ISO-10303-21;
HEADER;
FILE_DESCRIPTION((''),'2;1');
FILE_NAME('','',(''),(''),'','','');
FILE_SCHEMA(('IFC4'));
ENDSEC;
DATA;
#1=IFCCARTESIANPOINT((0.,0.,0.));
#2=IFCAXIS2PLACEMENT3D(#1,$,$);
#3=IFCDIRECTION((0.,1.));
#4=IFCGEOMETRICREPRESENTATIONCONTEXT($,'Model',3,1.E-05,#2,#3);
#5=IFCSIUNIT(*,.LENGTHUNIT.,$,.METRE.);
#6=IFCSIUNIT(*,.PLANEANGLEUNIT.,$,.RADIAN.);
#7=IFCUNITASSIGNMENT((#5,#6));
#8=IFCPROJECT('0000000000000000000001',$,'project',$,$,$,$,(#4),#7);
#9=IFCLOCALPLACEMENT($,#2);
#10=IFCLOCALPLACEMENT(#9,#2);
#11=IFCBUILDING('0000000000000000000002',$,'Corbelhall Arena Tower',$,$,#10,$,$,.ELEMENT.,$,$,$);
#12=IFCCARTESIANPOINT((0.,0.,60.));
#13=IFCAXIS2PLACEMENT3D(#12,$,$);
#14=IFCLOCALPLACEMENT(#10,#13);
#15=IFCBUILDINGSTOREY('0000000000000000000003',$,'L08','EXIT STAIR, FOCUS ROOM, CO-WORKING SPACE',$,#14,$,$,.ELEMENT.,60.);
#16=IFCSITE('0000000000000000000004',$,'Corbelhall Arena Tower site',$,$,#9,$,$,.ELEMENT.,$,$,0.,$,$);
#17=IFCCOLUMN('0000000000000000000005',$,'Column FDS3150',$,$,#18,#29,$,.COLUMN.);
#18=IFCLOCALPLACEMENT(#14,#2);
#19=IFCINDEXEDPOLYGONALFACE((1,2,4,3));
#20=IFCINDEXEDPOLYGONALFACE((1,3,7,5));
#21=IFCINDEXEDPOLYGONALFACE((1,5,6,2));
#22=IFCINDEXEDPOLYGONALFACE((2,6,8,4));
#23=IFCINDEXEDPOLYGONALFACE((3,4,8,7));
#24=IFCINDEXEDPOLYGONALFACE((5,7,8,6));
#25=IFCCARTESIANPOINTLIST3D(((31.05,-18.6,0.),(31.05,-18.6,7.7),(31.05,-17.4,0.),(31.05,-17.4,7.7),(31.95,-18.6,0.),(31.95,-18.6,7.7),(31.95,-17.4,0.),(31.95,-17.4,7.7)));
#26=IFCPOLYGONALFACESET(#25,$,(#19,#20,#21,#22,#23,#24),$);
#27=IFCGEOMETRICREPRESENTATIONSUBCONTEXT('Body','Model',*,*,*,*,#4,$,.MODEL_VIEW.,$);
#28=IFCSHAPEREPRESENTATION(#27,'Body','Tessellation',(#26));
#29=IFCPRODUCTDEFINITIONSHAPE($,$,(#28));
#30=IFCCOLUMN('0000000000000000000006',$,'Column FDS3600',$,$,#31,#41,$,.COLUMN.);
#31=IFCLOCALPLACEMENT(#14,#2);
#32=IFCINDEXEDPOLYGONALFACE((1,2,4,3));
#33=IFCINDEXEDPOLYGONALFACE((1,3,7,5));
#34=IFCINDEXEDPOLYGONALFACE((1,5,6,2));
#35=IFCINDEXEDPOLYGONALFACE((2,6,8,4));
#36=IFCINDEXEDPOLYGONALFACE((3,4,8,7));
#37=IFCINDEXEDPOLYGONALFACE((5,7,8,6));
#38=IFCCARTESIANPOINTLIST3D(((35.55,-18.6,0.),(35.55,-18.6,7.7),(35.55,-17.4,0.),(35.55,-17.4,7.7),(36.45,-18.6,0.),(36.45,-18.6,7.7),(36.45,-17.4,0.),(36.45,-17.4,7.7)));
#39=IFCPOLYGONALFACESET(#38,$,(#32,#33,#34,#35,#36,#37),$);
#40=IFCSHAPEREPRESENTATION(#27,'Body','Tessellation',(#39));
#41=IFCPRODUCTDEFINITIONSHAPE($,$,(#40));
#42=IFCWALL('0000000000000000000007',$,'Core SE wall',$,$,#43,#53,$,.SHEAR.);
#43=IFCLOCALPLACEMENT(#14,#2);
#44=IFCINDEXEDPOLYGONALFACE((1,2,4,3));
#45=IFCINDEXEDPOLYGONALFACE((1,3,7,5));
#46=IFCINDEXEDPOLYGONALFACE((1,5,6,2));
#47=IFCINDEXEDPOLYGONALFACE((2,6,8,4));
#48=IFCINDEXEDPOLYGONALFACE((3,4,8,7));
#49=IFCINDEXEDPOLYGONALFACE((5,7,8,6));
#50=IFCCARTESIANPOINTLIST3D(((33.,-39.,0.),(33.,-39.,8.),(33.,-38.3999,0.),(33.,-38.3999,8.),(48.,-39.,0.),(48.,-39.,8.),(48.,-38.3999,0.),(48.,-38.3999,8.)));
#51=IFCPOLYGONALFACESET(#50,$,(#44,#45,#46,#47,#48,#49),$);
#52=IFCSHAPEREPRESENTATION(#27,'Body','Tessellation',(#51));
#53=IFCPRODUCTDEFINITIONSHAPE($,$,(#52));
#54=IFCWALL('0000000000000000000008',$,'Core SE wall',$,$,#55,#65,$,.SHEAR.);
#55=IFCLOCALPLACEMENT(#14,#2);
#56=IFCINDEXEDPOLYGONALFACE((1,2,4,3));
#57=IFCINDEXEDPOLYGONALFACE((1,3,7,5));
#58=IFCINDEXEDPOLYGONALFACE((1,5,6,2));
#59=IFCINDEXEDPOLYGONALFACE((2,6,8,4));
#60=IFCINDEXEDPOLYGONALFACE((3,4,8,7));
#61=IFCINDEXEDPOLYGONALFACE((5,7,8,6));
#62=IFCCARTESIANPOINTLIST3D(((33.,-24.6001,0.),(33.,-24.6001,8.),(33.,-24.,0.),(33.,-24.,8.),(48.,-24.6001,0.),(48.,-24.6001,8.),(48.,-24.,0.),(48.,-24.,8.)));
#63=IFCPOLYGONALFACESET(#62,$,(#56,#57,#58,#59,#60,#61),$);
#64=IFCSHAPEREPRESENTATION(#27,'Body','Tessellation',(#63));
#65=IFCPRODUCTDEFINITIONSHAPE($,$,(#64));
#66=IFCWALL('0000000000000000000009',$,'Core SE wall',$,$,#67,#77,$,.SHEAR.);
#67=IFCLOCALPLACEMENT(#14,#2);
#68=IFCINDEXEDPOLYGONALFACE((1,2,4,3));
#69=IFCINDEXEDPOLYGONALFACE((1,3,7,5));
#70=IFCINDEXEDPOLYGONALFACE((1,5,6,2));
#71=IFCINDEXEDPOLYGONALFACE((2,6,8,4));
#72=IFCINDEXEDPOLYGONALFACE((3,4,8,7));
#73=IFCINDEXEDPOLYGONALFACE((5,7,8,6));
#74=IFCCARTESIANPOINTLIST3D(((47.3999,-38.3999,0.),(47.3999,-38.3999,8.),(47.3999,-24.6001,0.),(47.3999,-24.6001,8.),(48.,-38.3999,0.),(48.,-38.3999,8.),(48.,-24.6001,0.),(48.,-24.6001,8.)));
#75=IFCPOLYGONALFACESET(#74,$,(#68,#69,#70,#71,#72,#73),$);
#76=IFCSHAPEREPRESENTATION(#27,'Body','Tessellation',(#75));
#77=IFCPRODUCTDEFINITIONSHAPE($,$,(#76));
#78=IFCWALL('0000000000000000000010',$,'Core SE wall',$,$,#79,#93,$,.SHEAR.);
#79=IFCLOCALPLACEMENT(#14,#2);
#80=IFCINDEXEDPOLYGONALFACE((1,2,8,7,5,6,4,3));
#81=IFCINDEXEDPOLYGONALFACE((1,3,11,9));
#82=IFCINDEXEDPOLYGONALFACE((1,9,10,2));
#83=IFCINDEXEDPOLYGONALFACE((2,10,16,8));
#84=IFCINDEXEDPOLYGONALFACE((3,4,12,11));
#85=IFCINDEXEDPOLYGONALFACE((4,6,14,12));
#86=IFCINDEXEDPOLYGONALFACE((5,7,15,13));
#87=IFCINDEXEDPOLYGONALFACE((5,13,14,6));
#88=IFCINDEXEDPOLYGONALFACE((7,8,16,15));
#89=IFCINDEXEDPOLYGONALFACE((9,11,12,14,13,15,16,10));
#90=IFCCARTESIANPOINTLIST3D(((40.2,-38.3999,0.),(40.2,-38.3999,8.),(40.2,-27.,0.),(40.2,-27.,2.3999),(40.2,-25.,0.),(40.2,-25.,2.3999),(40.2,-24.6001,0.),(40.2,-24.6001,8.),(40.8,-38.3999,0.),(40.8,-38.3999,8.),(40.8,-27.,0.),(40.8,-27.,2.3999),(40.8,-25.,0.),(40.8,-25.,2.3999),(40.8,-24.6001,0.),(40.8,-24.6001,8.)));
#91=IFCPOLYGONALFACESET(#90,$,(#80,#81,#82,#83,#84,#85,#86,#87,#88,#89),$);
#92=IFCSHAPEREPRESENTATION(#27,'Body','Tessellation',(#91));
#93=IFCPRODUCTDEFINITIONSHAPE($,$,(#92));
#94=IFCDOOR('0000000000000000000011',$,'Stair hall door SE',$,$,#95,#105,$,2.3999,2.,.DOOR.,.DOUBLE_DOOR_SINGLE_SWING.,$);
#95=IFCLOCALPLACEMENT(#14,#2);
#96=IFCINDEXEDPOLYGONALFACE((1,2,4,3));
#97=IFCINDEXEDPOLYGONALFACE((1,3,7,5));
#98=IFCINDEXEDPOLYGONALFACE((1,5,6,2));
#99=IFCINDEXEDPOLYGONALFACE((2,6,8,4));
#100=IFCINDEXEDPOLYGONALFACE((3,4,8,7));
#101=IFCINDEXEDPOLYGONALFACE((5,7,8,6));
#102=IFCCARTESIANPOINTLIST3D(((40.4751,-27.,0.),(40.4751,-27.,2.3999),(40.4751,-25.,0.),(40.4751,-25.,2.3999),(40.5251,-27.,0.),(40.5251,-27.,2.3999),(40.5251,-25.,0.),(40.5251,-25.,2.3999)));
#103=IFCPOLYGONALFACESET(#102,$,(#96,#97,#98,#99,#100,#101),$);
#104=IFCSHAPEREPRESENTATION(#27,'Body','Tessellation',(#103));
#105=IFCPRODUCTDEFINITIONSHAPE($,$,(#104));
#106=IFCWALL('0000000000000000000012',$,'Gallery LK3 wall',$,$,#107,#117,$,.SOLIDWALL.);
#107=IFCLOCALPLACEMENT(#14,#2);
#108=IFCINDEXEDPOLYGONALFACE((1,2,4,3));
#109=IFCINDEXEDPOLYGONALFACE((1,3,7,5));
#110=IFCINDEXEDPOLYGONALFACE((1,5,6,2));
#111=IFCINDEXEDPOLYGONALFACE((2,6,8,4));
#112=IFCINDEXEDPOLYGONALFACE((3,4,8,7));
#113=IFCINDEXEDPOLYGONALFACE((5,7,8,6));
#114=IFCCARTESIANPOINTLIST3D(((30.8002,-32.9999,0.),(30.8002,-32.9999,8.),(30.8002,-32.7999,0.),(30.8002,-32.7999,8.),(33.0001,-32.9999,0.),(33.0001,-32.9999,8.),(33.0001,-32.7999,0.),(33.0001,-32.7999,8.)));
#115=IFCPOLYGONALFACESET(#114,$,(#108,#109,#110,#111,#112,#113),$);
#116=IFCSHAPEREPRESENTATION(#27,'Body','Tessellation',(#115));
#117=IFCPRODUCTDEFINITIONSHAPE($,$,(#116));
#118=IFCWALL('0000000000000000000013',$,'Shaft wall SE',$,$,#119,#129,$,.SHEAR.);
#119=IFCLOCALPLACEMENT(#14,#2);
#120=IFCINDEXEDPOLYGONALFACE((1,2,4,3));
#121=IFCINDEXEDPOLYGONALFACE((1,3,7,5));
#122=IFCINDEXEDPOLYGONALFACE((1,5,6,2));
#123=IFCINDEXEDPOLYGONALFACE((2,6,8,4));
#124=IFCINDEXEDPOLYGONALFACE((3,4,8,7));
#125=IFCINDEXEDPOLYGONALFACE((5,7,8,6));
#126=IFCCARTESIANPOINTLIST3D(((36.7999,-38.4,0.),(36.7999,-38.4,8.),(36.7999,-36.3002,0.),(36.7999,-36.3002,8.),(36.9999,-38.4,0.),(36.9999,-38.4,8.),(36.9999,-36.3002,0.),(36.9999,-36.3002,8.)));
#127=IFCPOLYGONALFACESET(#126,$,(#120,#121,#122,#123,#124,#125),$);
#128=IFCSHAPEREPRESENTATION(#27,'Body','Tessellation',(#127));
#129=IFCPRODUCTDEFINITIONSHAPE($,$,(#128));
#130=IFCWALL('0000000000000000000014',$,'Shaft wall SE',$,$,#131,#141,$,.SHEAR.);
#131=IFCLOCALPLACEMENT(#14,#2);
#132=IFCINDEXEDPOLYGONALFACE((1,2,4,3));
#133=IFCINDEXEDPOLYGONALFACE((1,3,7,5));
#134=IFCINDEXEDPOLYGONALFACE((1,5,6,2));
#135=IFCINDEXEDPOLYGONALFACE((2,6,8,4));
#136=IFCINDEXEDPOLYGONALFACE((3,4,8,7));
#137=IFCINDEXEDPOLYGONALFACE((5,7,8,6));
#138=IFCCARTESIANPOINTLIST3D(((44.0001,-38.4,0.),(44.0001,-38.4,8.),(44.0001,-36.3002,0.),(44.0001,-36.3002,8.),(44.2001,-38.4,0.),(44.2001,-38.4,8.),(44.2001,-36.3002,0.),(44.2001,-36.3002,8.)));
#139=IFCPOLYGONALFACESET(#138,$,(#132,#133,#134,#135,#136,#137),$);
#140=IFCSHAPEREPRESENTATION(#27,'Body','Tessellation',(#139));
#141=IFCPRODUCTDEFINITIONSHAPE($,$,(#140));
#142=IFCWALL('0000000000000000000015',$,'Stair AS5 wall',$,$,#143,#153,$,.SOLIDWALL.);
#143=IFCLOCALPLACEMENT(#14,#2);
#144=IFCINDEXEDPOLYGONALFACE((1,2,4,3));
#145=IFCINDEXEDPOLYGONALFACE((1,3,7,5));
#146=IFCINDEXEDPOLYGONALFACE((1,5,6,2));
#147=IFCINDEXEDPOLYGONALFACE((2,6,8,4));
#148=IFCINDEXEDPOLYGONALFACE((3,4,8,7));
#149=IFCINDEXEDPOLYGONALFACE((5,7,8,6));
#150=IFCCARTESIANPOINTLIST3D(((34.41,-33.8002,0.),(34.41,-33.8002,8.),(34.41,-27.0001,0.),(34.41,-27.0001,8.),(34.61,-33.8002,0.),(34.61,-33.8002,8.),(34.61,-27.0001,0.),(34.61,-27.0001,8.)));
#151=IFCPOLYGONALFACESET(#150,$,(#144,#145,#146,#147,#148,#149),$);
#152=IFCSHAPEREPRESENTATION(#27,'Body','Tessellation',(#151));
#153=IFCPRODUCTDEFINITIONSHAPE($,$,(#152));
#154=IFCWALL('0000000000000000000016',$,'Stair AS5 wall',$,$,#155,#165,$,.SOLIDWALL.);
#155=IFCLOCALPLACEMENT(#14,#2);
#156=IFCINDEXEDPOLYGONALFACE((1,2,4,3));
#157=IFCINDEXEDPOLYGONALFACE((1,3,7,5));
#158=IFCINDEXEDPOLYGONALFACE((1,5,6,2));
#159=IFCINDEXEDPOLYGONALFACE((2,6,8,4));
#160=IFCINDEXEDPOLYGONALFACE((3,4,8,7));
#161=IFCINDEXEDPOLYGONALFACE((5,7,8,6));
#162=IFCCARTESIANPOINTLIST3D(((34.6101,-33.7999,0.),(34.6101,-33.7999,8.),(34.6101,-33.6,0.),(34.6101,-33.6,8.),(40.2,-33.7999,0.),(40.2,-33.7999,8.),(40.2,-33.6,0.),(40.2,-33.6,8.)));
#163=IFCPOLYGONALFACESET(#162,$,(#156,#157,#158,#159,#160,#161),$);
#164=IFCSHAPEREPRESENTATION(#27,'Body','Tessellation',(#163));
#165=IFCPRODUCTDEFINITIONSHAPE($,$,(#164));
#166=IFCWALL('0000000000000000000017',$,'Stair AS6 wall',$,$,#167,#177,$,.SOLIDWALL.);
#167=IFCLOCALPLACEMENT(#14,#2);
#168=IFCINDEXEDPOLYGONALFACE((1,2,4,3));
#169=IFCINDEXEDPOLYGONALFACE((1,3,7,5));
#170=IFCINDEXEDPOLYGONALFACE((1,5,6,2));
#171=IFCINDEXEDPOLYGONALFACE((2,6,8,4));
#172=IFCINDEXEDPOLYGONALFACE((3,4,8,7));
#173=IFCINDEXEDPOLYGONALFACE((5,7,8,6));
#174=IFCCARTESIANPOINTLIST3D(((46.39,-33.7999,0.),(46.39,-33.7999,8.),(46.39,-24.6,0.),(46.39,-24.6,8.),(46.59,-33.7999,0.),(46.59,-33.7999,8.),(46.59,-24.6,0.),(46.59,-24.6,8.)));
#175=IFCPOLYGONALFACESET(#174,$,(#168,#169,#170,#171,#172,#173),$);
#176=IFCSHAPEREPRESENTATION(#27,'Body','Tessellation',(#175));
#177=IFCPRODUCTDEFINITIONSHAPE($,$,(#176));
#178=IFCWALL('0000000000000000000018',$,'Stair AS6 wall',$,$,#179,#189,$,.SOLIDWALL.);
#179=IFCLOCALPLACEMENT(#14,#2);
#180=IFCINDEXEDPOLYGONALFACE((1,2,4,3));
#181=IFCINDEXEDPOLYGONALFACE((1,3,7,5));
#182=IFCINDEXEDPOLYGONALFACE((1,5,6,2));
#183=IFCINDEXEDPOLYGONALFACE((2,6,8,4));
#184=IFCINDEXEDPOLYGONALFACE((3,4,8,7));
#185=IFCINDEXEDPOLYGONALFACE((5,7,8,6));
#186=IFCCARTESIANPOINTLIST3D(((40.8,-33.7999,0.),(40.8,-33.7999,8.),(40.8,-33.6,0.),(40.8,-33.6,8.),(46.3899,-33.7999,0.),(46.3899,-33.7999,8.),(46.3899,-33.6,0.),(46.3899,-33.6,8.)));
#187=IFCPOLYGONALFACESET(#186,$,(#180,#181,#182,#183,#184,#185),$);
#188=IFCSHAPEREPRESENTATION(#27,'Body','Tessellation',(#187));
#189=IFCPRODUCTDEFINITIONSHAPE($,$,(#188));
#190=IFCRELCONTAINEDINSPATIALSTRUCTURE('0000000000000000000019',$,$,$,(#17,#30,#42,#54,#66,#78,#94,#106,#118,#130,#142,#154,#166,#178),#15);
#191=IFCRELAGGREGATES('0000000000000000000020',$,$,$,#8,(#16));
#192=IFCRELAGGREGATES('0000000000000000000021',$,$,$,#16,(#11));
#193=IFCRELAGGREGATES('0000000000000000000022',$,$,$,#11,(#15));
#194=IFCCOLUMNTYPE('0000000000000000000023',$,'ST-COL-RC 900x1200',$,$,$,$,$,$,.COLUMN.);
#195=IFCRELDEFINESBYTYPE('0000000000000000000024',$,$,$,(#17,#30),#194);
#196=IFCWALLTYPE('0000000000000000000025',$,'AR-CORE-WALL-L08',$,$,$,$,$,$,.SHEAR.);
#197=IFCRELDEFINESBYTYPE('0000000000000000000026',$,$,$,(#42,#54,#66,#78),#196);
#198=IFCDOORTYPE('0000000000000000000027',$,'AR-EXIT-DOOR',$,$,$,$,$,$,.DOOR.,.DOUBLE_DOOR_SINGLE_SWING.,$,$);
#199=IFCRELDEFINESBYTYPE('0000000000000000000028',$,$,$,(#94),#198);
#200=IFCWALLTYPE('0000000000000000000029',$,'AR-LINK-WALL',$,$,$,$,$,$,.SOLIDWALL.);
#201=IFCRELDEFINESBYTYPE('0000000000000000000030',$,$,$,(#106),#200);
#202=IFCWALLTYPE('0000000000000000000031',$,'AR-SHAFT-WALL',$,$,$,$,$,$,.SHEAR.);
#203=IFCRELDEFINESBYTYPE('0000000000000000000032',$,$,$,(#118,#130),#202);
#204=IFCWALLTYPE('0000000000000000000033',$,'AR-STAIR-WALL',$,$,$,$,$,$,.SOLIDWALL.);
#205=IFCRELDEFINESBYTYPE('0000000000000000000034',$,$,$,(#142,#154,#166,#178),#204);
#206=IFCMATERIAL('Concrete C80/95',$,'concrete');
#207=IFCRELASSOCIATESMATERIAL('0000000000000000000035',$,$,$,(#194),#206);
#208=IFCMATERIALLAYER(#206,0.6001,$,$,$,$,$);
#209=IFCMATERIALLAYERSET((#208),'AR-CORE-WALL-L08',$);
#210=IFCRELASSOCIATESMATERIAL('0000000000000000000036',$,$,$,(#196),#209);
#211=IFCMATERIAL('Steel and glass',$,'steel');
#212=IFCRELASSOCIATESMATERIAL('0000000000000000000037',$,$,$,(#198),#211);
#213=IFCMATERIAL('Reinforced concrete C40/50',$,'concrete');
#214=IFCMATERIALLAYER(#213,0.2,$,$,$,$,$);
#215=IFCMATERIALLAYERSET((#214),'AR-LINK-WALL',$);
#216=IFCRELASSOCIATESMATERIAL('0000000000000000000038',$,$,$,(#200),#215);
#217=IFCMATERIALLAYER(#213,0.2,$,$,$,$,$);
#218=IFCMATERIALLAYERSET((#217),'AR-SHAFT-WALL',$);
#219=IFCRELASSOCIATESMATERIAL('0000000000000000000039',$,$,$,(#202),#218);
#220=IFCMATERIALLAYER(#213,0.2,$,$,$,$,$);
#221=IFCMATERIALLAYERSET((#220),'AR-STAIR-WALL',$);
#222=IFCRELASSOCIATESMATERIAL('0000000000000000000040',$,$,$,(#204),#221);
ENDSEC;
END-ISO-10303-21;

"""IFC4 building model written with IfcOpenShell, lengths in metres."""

from ifc_helpers import new_model, si_unit, direction, frame, frame_2d, origin, origin_2d, place, context, subcontext, project, spatial, rectangle, extrude, material, layer, layer_set, material_profile, profile_set, type_object, element, fill, save


model = new_model("IFC4")

# Units and contexts
model_context = context("Model", 3, precision=1e-05, world=origin(), true_north=direction((0.0, 1.0)))
body_context = subcontext(model_context, "Body", "Model", "MODEL_VIEW")
ifc_project = project(units=[si_unit("LENGTHUNIT", "METRE"), si_unit("PLANEANGLEUNIT", "RADIAN")], contexts=[model_context])

# Site, building, storey
site_placement = place(None, origin())
site = spatial("IfcSite", under=ifc_project, at=site_placement, Name="Corbelhall Arena Tower site", CompositionType="ELEMENT", RefElevation=0.0)
building_placement = place(site_placement, origin())
building = spatial("IfcBuilding", under=site, at=building_placement, Name="Corbelhall Arena Tower", CompositionType="ELEMENT")
storey_placement = place(building_placement, frame((0.0, 0.0, 60.0)))
storey = spatial("IfcBuildingStorey", under=building, at=storey_placement, Name="L08", Description="EXIT STAIR, FOCUS ROOM, CO-WORKING SPACE", CompositionType="ELEMENT", Elevation=60.0)

# Columns
ifc_material_1 = material(Name="Concrete C80/95", Category="concrete")
ifc_material_profile = material_profile(ifc_material_1, rectangle(XDim=0.8999, YDim=1.2, at=origin_2d()))
ifc_profile_set = profile_set([ifc_material_profile], Name="Concrete C80/95")
column_type = type_object("IfcColumnType", Name="ST-COL-RC 900x1200", PredefinedType="COLUMN", material=ifc_profile_set)
for number, where, z_axis, x_axis, name in (
    (1, (31.5, -18.0, 0.0), (0.0, 0.0, 1.0), (1.0, 0.0, 0.0), "Column FDS3150"),
    (2, (36.0, -18.0, 0.0), (0.0, 0.0, 1.0), (1.0, 0.0, 0.0), "Column FDS3600"),
):
    element("IfcColumn", number, at=place(storey_placement, frame(where, z_axis=z_axis, x_axis=x_axis)), inside=storey, type_object=column_type, Name=name, PredefinedType="COLUMN", context=body_context, shape_type="SweptSolid", body=[
        extrude(rectangle(XDim=0.8999, YDim=1.2, at=origin_2d()), origin(), (0.0, 0.0, 1.0), 7.7),
    ])

# Walls
ifc_layer_1 = layer(ifc_material_1, 0.6001)
ifc_layer_set_1 = layer_set([ifc_layer_1], Name="AR-CORE-WALL-L08")
wall_type_1 = type_object("IfcWallType", Name="AR-CORE-WALL-L08", PredefinedType="SHEAR", material=ifc_layer_set_1)
for number, where, z_axis, x_axis, name in (
    (3, (33.0, -38.7, 0.0), (0.0, 0.0, 1.0), (1.0, 0.0, 0.0), "Core SE wall"),
    (4, (33.0, -24.3, 0.0), (0.0, 0.0, 1.0), (1.0, 0.0, 0.0), "Core SE wall"),
):
    element("IfcWall", number, at=place(storey_placement, frame(where, z_axis=z_axis, x_axis=x_axis)), inside=storey, type_object=wall_type_1, Name=name, PredefinedType="SHEAR", context=body_context, shape_type="SweptSolid", body=[
        extrude(rectangle(XDim=15.0, YDim=0.6001, at=frame_2d((7.5, 0.0))), origin(), (0.0, 0.0, 1.0), 8.0),
    ])

# Shared definitions
ifc_material_2 = material(Name="Steel and glass", Category="steel")
door_type_1 = type_object("IfcDoorType", Name="AR-EXIT-DOOR", OperationType="DOUBLE_DOOR_SINGLE_SWING", PredefinedType="DOOR", material=ifc_material_2)

# Wall
wall_1_placement = place(storey_placement, frame((47.7, -38.3999, 0.0), z_axis=(0.0, 0.0, 1.0), x_axis=(0.0, 1.0, 0.0)))
element("IfcWall", 5, at=wall_1_placement, inside=storey, type_object=wall_type_1, Name="Core SE wall", PredefinedType="SHEAR", context=body_context, shape_type="SweptSolid", body=[
    extrude(rectangle(XDim=13.7998, YDim=0.6001, at=frame_2d((6.8999, 0.0))), origin(), (0.0, 0.0, 1.0), 8.0),
])

# Wall, opening, door
wall_2_placement = place(storey_placement, frame((40.5, -38.3999, 0.0), z_axis=(0.0, 0.0, 1.0), x_axis=(0.0, 1.0, 0.0)))
wall_2 = element("IfcWall", 6, at=wall_2_placement, inside=storey, type_object=wall_type_1, Name="Core SE wall", PredefinedType="SHEAR", context=body_context, shape_type="SweptSolid", body=[
    extrude(rectangle(XDim=13.7998, YDim=0.6001, at=frame_2d((6.8999, 0.0))), origin(), (0.0, 0.0, 1.0), 8.0),
])
opening_1_placement = place(wall_2_placement, frame((11.3999, 0.0, 0.0)))
opening_1 = element("IfcOpeningElement", 7, at=opening_1_placement, cuts=wall_2, PredefinedType="OPENING", context=body_context, shape_type="SweptSolid", body=[
    extrude(rectangle(XDim=2.0, YDim=2.3999, at=frame_2d((1.0, 1.2))), frame((0.0, 0.3, 0.0), z_axis=(0.0, -1.0, 0.0), x_axis=(1.0, 0.0, 0.0)), (0.0, 0.0, 1.0), 0.6001),
])
door_1_placement = place(opening_1_placement, origin())
door_1 = element("IfcDoor", 8, at=door_1_placement, inside=storey, type_object=door_type_1, Name="Stair hall door SE", OperationType="DOUBLE_DOOR_SINGLE_SWING", OverallHeight=2.3999, OverallWidth=2.0, PredefinedType="DOOR", context=body_context, shape_type="SweptSolid", body=[
    extrude(rectangle(XDim=2.0, YDim=2.3999, at=frame_2d((1.0, 1.2))), frame((0.0, 0.0249, 0.0), z_axis=(0.0, -1.0, 0.0), x_axis=(1.0, 0.0, 0.0)), (0.0, 0.0, 1.0), 0.05),
])
fill(opening_1, door_1)

# Wall
ifc_material_3 = material(Name="Reinforced concrete C40/50", Category="concrete")
ifc_layer_2 = layer(ifc_material_3, 0.2)
ifc_layer_set_2 = layer_set([ifc_layer_2], Name="AR-LINK-WALL")
wall_type_2 = type_object("IfcWallType", Name="AR-LINK-WALL", PredefinedType="SOLIDWALL", material=ifc_layer_set_2)
wall_3_placement = place(storey_placement, frame((30.8, -32.8999, 0.0), z_axis=(0.0, 0.0, 1.0), x_axis=(1.0, 0.0, 0.0)))
element("IfcWall", 9, at=wall_3_placement, inside=storey, type_object=wall_type_2, Name="Gallery LK3 wall", PredefinedType="SOLIDWALL", context=body_context, shape_type="SweptSolid", body=[
    extrude(rectangle(XDim=2.2, YDim=0.2, at=frame_2d((1.1001, 0.0))), origin(), (0.0, 0.0, 1.0), 8.0),
])

# Shared definitions
ifc_layer_3 = layer(ifc_material_3, 0.2)
ifc_layer_set_3 = layer_set([ifc_layer_3], Name="AR-SHAFT-WALL")
wall_type_3 = type_object("IfcWallType", Name="AR-SHAFT-WALL", PredefinedType="SHEAR", material=ifc_layer_set_3)

# Walls
for number, where, z_axis, x_axis, name in (
    (10, (36.8999, -38.3999, 0.0), (0.0, 0.0, 1.0), (0.0, 1.0, 0.0), "Shaft wall SE"),
    (11, (44.1001, -38.3999, 0.0), (0.0, 0.0, 1.0), (0.0, 1.0, 0.0), "Shaft wall SE"),
):
    element("IfcWall", number, at=place(storey_placement, frame(where, z_axis=z_axis, x_axis=x_axis)), inside=storey, type_object=wall_type_3, Name=name, PredefinedType="SHEAR", context=body_context, shape_type="SweptSolid", body=[
        extrude(rectangle(XDim=2.0999, YDim=0.2, at=frame_2d((1.0498, 0.0))), origin(), (0.0, 0.0, 1.0), 8.0),
    ])
ifc_layer_4 = layer(ifc_material_3, 0.2)
ifc_layer_set_4 = layer_set([ifc_layer_4], Name="AR-STAIR-WALL")
wall_type_4 = type_object("IfcWallType", Name="AR-STAIR-WALL", PredefinedType="SOLIDWALL", material=ifc_layer_set_4)
wall_4_placement = place(storey_placement, frame((34.51, -33.8, 0.0), z_axis=(0.0, 0.0, 1.0), x_axis=(0.0, 1.0, 0.0)))
element("IfcWall", 12, at=wall_4_placement, inside=storey, type_object=wall_type_4, Name="Stair AS5 wall", PredefinedType="SOLIDWALL", context=body_context, shape_type="SweptSolid", body=[
    extrude(rectangle(XDim=6.8, YDim=0.2, at=frame_2d((3.3999, 0.0))), origin(), (0.0, 0.0, 1.0), 8.0),
])
wall_5_placement = place(storey_placement, frame((34.6101, -33.7, 0.0), z_axis=(0.0, 0.0, 1.0), x_axis=(1.0, 0.0, 0.0)))
element("IfcWall", 13, at=wall_5_placement, inside=storey, type_object=wall_type_4, Name="Stair AS5 wall", PredefinedType="SOLIDWALL", context=body_context, shape_type="SweptSolid", body=[
    extrude(rectangle(XDim=5.5898, YDim=0.2, at=frame_2d((2.7949, 0.0))), origin(), (0.0, 0.0, 1.0), 8.0),
])
wall_6_placement = place(storey_placement, frame((46.49, -33.8, 0.0), z_axis=(0.0, 0.0, 1.0), x_axis=(0.0, 1.0, 0.0)))
element("IfcWall", 14, at=wall_6_placement, inside=storey, type_object=wall_type_4, Name="Stair AS6 wall", PredefinedType="SOLIDWALL", context=body_context, shape_type="SweptSolid", body=[
    extrude(rectangle(XDim=9.2, YDim=0.2, at=frame_2d((4.6001, 0.0))), origin(), (0.0, 0.0, 1.0), 8.0),
])
wall_7_placement = place(storey_placement, frame((40.8, -33.7, 0.0), z_axis=(0.0, 0.0, 1.0), x_axis=(1.0, 0.0, 0.0)))
element("IfcWall", 15, at=wall_7_placement, inside=storey, type_object=wall_type_4, Name="Stair AS6 wall", PredefinedType="SOLIDWALL", context=body_context, shape_type="SweptSolid", body=[
    extrude(rectangle(XDim=5.5898, YDim=0.2, at=frame_2d((2.7949, 0.0))), origin(), (0.0, 0.0, 1.0), 8.0),
])

save(model, "model.ifc")
